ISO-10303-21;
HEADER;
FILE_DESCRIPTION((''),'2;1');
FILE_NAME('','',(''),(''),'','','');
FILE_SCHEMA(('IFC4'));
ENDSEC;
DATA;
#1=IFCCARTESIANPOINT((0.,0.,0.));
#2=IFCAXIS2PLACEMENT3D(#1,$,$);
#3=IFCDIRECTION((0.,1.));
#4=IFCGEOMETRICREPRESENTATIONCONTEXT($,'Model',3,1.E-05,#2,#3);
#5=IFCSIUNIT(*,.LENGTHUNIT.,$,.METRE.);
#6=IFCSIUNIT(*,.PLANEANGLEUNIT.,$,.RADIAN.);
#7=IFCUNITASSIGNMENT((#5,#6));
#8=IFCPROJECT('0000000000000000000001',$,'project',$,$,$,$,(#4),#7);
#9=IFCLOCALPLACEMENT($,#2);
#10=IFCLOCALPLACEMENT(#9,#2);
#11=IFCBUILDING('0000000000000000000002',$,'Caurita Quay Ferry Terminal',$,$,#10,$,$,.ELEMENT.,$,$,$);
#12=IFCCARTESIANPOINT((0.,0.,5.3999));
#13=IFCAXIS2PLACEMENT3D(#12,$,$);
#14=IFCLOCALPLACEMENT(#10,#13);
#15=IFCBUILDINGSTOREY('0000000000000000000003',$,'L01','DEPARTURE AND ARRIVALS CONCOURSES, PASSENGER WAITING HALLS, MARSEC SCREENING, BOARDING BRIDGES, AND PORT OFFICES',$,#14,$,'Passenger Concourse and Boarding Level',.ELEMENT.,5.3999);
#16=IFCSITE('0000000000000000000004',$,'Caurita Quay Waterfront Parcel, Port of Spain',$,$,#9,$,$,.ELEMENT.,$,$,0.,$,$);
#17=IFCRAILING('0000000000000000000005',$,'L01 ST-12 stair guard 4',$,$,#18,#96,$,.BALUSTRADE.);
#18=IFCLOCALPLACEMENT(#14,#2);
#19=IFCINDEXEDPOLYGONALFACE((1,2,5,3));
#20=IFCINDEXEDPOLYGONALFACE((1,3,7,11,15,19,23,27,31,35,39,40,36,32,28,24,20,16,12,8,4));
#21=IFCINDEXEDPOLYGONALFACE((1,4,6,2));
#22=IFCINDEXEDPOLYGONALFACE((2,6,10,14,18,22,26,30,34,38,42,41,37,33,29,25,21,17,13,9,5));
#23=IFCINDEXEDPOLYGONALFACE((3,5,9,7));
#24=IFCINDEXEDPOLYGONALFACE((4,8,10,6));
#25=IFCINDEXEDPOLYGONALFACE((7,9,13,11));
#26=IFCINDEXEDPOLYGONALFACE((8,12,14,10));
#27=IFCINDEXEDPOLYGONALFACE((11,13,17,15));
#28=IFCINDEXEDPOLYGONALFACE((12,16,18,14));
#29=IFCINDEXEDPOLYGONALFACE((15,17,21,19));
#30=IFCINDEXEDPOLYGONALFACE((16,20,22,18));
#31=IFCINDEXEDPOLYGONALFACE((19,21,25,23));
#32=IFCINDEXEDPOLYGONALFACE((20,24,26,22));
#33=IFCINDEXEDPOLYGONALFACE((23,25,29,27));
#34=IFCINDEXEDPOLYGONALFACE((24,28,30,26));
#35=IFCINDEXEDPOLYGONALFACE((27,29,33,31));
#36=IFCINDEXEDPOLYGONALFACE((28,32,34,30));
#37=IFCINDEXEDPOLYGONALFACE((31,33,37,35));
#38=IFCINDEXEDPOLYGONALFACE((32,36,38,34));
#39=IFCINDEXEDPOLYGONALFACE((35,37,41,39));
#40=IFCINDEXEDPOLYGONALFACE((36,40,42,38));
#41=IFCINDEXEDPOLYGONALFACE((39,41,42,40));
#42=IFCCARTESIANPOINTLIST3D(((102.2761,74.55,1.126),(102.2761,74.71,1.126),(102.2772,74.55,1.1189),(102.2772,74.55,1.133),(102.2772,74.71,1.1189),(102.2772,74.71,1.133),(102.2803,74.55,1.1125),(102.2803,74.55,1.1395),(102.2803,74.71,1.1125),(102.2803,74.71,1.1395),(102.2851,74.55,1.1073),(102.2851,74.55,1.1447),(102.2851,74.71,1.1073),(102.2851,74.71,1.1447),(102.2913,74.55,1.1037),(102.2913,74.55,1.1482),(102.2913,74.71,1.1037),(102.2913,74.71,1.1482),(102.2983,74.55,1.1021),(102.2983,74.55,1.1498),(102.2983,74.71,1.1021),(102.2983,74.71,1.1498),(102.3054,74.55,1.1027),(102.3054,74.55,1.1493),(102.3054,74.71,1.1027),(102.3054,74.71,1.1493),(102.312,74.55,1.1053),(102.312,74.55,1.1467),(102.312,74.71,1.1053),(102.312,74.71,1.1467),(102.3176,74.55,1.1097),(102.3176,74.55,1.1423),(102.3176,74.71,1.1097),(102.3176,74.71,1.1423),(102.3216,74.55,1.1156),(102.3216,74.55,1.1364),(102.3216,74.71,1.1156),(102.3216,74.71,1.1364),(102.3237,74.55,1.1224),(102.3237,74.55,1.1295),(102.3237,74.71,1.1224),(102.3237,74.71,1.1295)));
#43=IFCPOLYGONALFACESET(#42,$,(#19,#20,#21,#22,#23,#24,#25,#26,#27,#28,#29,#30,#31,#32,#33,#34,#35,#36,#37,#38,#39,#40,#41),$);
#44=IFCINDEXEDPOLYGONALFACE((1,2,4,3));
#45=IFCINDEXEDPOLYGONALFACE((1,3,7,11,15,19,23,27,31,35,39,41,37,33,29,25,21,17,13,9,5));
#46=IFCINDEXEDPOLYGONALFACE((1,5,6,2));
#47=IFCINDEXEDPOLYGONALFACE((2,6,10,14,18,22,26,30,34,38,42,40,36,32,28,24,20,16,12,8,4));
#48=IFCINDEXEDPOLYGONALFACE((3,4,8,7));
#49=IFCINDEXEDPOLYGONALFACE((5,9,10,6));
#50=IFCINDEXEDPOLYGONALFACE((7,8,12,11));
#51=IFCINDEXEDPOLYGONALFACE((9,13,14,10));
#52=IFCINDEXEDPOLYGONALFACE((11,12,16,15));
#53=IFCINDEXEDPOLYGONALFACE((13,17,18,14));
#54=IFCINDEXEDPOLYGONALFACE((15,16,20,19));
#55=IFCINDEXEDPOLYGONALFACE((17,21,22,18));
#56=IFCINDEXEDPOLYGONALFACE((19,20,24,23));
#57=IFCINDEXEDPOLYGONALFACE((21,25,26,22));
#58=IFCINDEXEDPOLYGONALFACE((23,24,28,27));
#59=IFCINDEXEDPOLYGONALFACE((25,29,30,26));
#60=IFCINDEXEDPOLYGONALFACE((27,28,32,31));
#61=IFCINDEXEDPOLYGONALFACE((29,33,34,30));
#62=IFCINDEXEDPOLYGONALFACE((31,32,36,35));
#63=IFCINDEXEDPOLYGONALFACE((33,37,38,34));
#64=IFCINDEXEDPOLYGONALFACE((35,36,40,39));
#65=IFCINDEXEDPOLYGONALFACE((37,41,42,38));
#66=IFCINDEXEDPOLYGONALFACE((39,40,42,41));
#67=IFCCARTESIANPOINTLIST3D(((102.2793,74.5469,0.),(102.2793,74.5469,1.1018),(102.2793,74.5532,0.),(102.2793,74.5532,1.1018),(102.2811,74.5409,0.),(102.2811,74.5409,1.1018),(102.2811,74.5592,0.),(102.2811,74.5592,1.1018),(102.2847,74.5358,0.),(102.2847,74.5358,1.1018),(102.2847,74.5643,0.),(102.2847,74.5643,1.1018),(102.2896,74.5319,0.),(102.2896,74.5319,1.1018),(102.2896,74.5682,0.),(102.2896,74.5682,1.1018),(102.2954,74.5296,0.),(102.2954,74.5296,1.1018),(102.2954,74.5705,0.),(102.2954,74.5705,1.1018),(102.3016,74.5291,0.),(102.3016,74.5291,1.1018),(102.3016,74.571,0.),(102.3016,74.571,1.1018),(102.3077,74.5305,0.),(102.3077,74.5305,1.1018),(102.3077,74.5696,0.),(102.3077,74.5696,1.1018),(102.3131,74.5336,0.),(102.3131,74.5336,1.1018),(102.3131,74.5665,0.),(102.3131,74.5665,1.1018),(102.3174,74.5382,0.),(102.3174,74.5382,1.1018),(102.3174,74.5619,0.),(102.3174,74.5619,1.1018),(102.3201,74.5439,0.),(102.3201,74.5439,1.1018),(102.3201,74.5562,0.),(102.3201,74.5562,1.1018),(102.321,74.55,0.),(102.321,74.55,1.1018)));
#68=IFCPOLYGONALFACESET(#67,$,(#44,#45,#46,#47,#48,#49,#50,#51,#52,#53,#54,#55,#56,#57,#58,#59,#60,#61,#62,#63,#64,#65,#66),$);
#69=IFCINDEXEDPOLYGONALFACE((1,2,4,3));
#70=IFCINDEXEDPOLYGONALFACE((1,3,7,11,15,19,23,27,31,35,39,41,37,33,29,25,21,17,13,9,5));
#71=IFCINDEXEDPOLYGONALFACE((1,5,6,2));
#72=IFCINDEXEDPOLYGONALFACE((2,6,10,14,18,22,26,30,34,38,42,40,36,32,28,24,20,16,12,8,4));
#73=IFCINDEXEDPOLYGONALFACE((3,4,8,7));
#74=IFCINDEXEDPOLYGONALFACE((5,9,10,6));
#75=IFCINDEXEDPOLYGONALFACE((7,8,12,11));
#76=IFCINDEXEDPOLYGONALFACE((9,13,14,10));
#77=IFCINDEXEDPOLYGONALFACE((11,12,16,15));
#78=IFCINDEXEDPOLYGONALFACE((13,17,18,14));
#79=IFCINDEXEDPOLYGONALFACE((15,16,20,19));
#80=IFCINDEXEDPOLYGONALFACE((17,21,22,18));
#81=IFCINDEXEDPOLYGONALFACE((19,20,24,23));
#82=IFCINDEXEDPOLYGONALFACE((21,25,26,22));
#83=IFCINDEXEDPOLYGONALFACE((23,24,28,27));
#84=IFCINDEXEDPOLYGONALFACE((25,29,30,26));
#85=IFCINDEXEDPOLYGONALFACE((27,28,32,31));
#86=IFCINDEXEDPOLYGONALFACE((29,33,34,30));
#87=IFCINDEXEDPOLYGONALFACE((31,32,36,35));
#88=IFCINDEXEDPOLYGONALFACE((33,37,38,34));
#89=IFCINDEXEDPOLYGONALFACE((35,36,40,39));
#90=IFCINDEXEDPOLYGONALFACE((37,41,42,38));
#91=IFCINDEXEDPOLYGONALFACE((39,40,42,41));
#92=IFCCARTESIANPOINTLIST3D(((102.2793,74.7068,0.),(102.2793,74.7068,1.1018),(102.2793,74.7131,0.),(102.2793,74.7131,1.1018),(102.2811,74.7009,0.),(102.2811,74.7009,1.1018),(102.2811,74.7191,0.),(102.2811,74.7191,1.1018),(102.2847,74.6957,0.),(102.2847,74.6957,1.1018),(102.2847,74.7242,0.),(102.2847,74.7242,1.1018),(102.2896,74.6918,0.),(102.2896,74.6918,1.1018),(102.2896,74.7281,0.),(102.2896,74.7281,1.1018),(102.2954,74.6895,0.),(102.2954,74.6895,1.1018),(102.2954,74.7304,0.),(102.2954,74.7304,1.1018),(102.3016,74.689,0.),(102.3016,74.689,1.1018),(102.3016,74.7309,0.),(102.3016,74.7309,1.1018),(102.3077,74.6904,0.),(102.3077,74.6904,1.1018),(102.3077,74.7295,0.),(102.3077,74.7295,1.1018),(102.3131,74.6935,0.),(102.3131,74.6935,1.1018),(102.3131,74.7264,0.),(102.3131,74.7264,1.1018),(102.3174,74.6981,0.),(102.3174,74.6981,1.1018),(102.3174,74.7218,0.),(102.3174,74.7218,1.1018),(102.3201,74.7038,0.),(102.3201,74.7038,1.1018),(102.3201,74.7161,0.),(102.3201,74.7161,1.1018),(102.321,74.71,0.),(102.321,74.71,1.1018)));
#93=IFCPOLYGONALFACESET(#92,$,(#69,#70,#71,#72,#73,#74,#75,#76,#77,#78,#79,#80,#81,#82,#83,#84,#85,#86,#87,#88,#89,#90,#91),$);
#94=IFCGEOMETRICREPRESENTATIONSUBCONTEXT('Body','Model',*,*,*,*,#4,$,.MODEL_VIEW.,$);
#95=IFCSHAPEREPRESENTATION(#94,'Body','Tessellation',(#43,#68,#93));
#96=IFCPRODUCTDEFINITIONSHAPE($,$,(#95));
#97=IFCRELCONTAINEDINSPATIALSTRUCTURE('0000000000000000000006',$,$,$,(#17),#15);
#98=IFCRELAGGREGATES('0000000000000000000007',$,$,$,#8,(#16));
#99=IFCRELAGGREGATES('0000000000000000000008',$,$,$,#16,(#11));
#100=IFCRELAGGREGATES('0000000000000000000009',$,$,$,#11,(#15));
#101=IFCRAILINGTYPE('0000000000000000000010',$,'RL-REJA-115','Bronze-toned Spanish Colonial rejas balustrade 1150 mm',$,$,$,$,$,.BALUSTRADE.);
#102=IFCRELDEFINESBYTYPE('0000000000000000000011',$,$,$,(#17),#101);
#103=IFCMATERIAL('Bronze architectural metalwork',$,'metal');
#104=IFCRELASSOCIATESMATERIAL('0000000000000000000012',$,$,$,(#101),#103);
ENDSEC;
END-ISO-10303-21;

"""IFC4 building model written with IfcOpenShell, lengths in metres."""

from ifc_helpers import new_model, si_unit, direction, frame, origin, origin_2d, place, context, subcontext, project, spatial, circle, extrude, material, type_object, element, save


model = new_model("IFC4")

# Units and contexts
model_context = context("Model", 3, precision=1e-05, world=origin(), true_north=direction((0.0, 1.0)))
body_context = subcontext(model_context, "Body", "Model", "MODEL_VIEW")
ifc_project = project(units=[si_unit("LENGTHUNIT", "METRE"), si_unit("PLANEANGLEUNIT", "RADIAN")], contexts=[model_context])

# Site, building, storey
site_placement = place(None, origin())
site = spatial("IfcSite", under=ifc_project, at=site_placement, Name="Caurita Quay Waterfront Parcel, Port of Spain", CompositionType="ELEMENT", RefElevation=0.0)
building_placement = place(site_placement, origin())
building = spatial("IfcBuilding", under=site, at=building_placement, Name="Caurita Quay Ferry Terminal", CompositionType="ELEMENT")
storey_placement = place(building_placement, frame((0.0, 0.0, 5.3999)))
storey = spatial("IfcBuildingStorey", under=building, at=storey_placement, Name="L01", Description="DEPARTURE AND ARRIVALS CONCOURSES, PASSENGER WAITING HALLS, MARSEC SCREENING, BOARDING BRIDGES, AND PORT OFFICES", LongName="Passenger Concourse and Boarding Level", CompositionType="ELEMENT", Elevation=5.3999)

# Railing
ifc_material_1 = material(Name="Bronze architectural metalwork", Category="metal")
railing_type_1 = type_object("IfcRailingType", Name="RL-REJA-115", Description="Bronze-toned Spanish Colonial rejas balustrade 1150 mm", PredefinedType="BALUSTRADE", material=ifc_material_1)
railing_1_placement = place(storey_placement, frame((102.3, 74.55, 0.0)))
element("IfcRailing", 1, at=railing_1_placement, inside=storey, type_object=railing_type_1, Name="L01 ST-12 stair guard 4", PredefinedType="BALUSTRADE", context=body_context, shape_type="SweptSolid", body=[
    extrude(circle(Radius=0.0239, at=origin_2d()), frame((0.0, 0.0, 1.126), z_axis=(0.0, 1.0, 0.0), x_axis=(-1.0, 0.0, 0.0)), (0.0, 0.0, 1.0), 0.1599),
    extrude(circle(Radius=0.021, at=origin_2d()), origin(), (0.0, 0.0, 1.0), 1.1018),
    extrude(circle(Radius=0.021, at=origin_2d()), frame((0.0, 0.1599, 0.0)), (0.0, 0.0, 1.0), 1.1018),
])

save(model, "model.ifc")
